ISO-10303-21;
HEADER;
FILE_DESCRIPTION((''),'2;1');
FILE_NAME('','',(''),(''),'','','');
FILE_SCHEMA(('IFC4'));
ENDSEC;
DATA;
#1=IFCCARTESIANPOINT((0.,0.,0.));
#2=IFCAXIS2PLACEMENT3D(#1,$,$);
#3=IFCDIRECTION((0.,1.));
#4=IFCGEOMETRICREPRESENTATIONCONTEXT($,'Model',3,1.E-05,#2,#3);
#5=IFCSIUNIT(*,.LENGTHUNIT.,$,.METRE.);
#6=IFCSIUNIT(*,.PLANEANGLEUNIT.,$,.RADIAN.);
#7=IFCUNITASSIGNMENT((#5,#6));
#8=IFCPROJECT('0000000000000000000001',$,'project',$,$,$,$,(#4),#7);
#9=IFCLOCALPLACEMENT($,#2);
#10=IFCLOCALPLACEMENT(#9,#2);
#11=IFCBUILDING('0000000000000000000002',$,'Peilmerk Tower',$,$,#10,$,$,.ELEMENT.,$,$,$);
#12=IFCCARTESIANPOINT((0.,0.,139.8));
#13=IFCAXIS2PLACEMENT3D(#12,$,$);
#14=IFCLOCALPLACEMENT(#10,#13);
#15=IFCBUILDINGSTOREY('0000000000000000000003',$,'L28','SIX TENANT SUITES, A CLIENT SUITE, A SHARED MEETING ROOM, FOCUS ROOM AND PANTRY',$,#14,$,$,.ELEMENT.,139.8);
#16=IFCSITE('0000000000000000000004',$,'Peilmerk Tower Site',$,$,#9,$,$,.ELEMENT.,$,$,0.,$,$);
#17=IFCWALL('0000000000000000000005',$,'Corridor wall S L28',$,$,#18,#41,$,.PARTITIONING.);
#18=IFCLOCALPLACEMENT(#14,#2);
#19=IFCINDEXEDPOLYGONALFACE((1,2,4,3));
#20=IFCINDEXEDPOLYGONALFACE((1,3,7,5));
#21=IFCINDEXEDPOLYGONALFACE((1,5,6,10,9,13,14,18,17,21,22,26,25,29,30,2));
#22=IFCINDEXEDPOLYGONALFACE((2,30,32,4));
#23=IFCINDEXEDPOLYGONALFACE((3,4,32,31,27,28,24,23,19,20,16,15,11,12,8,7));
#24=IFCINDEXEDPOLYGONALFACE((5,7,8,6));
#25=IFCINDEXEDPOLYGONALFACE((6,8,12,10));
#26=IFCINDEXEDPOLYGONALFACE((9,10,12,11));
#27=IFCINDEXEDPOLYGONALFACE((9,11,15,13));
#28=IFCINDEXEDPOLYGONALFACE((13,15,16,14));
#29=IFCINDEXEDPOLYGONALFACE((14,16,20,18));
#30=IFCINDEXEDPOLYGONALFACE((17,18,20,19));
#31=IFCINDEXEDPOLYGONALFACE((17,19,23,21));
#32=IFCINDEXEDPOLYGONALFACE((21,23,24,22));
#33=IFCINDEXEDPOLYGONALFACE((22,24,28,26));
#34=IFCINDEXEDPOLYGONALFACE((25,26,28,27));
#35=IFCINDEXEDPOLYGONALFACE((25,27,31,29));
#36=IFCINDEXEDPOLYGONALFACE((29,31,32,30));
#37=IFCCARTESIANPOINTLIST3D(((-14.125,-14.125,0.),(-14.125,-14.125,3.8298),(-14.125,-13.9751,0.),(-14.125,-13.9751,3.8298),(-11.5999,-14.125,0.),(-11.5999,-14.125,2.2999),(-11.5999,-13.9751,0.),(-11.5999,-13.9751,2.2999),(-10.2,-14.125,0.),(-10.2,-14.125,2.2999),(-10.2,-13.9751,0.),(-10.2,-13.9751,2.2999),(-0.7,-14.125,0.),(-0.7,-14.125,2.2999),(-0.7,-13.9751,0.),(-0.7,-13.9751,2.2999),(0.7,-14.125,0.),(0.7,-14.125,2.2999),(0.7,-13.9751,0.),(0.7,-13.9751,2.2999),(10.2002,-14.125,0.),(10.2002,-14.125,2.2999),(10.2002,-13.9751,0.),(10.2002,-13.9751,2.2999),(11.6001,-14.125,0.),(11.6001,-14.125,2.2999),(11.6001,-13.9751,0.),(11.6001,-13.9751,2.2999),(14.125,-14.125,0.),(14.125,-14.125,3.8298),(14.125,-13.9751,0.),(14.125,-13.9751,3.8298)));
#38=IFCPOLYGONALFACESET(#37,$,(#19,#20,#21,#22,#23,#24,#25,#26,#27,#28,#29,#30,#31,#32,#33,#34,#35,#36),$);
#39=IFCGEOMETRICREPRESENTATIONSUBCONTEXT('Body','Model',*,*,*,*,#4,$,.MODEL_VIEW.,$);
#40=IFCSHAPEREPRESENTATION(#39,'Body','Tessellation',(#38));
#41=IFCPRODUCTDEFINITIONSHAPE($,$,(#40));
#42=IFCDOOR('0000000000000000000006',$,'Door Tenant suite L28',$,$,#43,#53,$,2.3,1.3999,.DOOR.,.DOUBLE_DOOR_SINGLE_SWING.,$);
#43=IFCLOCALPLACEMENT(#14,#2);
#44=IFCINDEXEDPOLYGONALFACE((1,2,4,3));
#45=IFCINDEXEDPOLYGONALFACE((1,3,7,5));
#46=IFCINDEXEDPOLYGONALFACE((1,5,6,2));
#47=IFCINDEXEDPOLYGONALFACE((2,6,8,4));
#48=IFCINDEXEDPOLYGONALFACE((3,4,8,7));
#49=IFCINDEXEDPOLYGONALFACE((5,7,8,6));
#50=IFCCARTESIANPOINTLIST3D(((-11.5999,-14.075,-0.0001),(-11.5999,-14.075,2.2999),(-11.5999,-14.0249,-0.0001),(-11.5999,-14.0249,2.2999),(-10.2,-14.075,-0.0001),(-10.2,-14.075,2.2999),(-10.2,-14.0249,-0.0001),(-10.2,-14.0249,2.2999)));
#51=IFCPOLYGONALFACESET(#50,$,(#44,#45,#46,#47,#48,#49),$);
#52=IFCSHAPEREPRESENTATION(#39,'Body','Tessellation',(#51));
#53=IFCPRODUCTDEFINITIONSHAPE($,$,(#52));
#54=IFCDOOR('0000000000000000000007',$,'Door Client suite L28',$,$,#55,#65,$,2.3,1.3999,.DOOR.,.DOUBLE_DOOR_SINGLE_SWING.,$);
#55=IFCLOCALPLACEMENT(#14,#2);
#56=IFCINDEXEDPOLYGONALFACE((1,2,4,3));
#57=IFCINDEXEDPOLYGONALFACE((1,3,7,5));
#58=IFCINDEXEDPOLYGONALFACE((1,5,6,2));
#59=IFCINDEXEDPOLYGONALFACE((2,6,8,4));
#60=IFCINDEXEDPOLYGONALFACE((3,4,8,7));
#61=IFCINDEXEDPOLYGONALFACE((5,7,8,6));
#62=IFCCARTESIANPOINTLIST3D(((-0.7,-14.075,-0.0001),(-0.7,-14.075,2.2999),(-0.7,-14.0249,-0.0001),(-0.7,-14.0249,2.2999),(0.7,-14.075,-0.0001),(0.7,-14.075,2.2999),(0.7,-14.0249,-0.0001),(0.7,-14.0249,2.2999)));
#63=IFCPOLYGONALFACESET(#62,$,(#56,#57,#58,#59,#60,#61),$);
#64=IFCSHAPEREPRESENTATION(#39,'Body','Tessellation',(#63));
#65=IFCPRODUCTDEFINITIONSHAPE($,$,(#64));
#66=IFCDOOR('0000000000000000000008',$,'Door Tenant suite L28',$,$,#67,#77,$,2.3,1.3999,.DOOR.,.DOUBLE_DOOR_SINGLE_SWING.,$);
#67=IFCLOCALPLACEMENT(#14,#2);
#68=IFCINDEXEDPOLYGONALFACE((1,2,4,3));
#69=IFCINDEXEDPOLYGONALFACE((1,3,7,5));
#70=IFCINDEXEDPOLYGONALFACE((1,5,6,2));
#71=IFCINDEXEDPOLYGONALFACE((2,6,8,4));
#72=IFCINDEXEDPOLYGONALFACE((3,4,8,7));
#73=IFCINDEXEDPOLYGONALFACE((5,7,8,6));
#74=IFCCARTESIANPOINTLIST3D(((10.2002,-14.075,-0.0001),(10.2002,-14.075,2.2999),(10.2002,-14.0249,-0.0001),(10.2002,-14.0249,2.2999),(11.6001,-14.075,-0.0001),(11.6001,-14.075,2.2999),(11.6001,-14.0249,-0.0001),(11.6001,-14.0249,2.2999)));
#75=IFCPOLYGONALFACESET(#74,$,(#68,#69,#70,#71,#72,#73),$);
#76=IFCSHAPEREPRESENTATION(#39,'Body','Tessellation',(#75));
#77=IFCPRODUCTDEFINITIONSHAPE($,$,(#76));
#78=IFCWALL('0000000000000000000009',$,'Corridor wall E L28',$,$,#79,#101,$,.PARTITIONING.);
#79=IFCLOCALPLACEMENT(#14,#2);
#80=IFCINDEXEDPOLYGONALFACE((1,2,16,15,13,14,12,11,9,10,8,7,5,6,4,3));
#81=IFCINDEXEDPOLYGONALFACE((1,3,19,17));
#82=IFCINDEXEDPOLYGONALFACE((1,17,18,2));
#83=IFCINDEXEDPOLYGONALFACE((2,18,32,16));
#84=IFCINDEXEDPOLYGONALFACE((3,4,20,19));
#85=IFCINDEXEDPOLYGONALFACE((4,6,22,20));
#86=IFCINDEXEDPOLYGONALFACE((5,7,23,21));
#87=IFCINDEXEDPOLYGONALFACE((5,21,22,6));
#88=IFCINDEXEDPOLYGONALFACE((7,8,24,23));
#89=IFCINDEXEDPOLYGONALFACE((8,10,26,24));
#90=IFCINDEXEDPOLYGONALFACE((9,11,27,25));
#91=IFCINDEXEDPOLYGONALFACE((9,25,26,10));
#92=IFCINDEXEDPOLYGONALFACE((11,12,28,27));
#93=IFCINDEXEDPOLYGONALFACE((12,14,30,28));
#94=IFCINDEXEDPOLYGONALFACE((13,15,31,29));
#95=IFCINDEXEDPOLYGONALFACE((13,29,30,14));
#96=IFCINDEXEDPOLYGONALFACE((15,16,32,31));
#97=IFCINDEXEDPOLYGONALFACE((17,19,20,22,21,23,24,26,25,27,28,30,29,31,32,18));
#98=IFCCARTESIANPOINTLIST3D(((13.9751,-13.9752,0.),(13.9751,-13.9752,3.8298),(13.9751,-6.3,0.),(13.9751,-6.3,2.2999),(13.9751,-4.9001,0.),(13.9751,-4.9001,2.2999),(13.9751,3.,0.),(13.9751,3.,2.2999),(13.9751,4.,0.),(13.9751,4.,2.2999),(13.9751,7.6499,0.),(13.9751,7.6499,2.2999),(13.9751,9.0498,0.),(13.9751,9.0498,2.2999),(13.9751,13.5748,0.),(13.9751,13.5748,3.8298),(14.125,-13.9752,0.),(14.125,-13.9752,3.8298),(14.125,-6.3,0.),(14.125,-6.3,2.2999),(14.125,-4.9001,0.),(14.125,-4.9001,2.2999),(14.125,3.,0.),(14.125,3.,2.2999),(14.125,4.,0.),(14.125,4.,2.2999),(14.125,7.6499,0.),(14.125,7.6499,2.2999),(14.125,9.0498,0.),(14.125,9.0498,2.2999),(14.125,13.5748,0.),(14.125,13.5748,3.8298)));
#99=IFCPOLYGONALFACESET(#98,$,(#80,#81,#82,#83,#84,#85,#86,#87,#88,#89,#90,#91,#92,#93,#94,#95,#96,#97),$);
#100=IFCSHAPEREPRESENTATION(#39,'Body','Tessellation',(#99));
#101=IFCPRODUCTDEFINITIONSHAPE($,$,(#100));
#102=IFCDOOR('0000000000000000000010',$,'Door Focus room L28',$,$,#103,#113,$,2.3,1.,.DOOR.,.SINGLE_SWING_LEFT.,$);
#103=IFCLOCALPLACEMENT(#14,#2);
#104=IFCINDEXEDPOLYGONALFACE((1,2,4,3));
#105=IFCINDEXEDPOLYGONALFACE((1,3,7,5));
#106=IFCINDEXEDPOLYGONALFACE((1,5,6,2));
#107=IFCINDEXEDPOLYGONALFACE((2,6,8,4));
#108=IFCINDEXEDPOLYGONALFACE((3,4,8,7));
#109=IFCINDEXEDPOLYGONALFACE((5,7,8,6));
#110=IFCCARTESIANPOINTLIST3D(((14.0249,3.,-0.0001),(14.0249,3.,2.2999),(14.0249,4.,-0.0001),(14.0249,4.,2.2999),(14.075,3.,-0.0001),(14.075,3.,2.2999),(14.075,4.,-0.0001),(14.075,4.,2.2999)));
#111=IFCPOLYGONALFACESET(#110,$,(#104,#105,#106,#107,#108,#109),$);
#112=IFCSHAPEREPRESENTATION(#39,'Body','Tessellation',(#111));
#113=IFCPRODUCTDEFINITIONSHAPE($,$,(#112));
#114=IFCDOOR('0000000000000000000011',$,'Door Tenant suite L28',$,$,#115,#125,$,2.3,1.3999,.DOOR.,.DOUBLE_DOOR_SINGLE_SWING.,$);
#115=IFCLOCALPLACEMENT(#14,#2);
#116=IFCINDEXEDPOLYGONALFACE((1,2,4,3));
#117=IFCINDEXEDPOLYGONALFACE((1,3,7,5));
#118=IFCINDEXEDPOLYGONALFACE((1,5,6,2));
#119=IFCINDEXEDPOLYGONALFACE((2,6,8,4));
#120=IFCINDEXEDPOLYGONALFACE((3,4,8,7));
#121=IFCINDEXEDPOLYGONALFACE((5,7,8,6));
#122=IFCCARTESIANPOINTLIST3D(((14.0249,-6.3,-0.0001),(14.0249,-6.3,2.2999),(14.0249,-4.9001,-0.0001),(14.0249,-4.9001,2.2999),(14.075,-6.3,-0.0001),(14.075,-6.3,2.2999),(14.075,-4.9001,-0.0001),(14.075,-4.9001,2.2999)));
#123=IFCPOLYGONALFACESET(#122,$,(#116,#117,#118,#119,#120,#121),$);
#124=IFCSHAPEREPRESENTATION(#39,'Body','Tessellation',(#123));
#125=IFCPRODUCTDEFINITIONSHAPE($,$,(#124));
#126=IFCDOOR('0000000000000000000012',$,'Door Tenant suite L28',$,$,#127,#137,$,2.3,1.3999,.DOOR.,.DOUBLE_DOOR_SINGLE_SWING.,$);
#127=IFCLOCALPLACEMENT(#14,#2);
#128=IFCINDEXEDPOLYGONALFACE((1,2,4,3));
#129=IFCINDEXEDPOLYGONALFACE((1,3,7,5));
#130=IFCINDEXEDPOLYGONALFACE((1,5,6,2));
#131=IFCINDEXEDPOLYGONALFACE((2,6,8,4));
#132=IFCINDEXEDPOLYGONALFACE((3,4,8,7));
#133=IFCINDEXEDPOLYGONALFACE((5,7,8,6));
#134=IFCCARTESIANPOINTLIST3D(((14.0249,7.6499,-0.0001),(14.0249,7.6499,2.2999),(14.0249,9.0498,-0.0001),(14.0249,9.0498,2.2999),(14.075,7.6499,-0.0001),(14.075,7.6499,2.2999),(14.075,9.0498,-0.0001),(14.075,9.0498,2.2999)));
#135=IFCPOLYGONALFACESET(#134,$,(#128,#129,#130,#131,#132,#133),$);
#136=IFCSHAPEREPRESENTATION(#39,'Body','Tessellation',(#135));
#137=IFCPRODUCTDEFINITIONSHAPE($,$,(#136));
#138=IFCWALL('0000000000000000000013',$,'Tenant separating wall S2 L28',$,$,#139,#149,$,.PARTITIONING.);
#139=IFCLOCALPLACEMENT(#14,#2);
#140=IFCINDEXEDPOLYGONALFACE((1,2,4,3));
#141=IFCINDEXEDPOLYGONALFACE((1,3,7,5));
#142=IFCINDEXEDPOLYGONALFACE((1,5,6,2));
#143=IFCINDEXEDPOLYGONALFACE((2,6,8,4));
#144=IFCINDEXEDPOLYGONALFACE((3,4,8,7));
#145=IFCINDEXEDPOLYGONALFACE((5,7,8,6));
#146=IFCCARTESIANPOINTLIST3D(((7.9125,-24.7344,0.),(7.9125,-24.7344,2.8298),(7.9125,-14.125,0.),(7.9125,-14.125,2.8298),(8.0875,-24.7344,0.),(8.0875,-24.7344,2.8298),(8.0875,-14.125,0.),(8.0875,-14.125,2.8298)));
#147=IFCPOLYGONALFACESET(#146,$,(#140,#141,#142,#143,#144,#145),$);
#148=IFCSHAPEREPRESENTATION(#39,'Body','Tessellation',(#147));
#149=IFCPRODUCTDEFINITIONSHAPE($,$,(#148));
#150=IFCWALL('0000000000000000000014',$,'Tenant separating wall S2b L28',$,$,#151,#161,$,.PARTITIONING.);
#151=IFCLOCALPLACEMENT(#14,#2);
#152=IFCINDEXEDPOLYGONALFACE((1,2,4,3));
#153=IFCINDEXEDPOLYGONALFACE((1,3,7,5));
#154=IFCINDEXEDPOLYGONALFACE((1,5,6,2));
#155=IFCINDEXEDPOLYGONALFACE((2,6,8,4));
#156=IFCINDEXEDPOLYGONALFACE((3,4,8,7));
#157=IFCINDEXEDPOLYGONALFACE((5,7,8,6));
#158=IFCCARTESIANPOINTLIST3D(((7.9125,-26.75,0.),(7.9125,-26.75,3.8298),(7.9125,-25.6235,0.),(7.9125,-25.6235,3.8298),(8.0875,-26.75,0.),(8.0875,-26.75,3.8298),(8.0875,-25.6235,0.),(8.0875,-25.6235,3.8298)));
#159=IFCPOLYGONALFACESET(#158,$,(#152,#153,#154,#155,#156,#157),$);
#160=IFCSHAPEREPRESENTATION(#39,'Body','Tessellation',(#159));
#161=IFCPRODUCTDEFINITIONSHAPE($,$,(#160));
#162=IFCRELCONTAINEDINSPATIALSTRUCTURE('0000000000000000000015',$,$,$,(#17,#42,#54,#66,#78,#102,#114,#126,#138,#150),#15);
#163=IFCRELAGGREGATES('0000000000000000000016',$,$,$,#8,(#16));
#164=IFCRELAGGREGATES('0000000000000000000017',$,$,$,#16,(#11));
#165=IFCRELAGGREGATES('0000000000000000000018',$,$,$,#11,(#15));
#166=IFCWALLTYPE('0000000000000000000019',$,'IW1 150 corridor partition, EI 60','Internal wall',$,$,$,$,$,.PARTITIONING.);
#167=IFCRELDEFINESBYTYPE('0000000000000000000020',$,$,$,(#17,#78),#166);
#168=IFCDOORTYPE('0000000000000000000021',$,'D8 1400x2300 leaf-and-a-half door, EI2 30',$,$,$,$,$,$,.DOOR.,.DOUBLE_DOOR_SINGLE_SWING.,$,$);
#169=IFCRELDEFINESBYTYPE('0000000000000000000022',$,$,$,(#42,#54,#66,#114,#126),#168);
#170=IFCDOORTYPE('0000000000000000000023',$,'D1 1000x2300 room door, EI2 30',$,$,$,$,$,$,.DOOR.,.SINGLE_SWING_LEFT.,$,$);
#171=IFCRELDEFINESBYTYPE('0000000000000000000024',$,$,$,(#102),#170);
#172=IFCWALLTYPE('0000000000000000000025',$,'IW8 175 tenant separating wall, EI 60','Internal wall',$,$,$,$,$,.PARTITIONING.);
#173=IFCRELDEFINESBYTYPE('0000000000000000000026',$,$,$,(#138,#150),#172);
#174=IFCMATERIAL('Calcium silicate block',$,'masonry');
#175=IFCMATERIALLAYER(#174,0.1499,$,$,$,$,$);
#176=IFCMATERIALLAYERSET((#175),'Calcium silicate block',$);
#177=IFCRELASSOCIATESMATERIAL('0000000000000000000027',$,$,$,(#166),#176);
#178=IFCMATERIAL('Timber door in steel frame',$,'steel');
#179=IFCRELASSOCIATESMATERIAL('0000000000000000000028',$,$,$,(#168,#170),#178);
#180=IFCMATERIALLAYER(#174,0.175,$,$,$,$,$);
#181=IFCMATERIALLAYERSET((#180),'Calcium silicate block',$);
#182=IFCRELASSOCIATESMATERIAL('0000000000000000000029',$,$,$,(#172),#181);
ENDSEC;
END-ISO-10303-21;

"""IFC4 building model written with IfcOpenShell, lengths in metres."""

from ifc_helpers import new_model, si_unit, direction, frame, frame_2d, origin, place, context, subcontext, project, spatial, rectangle, extrude, material, layer, layer_set, type_object, element, fill, save


model = new_model("IFC4")

# Units and contexts
model_context = context("Model", 3, precision=1e-05, world=origin(), true_north=direction((0.0, 1.0)))
body_context = subcontext(model_context, "Body", "Model", "MODEL_VIEW")
ifc_project = project(units=[si_unit("LENGTHUNIT", "METRE"), si_unit("PLANEANGLEUNIT", "RADIAN")], contexts=[model_context])

# Site, building, storey
site_placement = place(None, origin())
site = spatial("IfcSite", under=ifc_project, at=site_placement, Name="Peilmerk Tower Site", CompositionType="ELEMENT", RefElevation=0.0)
building_placement = place(site_placement, origin())
building = spatial("IfcBuilding", under=site, at=building_placement, Name="Peilmerk Tower", CompositionType="ELEMENT")
storey_placement = place(building_placement, frame((0.0, 0.0, 139.8)))
storey = spatial("IfcBuildingStorey", under=building, at=storey_placement, Name="L28", Description="SIX TENANT SUITES, A CLIENT SUITE, A SHARED MEETING ROOM, FOCUS ROOM AND PANTRY", CompositionType="ELEMENT", Elevation=139.8)

# Walls, openings, doors
ifc_material_1 = material(Name="Calcium silicate block", Category="masonry")
ifc_layer_1 = layer(ifc_material_1, 0.1499)
ifc_layer_set_1 = layer_set([ifc_layer_1], Name="Calcium silicate block")
wall_type_1 = type_object("IfcWallType", Name="IW1 150 corridor partition, EI 60", Description="Internal wall", PredefinedType="PARTITIONING", material=ifc_layer_set_1)
wall_1_placement = place(storey_placement, frame((14.125, -14.05, 0.0), z_axis=(0.0, 0.0, 1.0), x_axis=(-1.0, 0.0, 0.0)))
wall_1 = element("IfcWall", 1, at=wall_1_placement, inside=storey, type_object=wall_type_1, Name="Corridor wall S L28", PredefinedType="PARTITIONING", context=body_context, shape_type="SweptSolid", body=[
    extrude(rectangle(XDim=28.25, YDim=0.1499, at=frame_2d((14.125, 0.0))), origin(), (0.0, 0.0, 1.0), 3.8298),
])
opening_1_placement = place(wall_1_placement, frame((24.325, 0.0, 0.0)))
opening_1 = element("IfcOpeningElement", 2, at=opening_1_placement, cuts=wall_1, PredefinedType="OPENING", context=body_context, shape_type="SweptSolid", body=[
    extrude(rectangle(XDim=1.3999, YDim=2.3, at=frame_2d((0.7, 1.1499))), frame((0.0, 0.085, 0.0), z_axis=(0.0, -1.0, 0.0), x_axis=(1.0, 0.0, 0.0)), (0.0, 0.0, 1.0), 0.1699),
])
opening_2_placement = place(wall_1_placement, frame((13.425, 0.0, 0.0)))
opening_2 = element("IfcOpeningElement", 3, at=opening_2_placement, cuts=wall_1, PredefinedType="OPENING", context=body_context, shape_type="SweptSolid", body=[
    extrude(rectangle(XDim=1.3999, YDim=2.3, at=frame_2d((0.7, 1.1499))), frame((0.0, 0.085, 0.0), z_axis=(0.0, -1.0, 0.0), x_axis=(1.0, 0.0, 0.0)), (0.0, 0.0, 1.0), 0.1699),
])
opening_3_placement = place(wall_1_placement, frame((2.5249, 0.0, 0.0)))
opening_3 = element("IfcOpeningElement", 4, at=opening_3_placement, cuts=wall_1, PredefinedType="OPENING", context=body_context, shape_type="SweptSolid", body=[
    extrude(rectangle(XDim=1.3999, YDim=2.3, at=frame_2d((0.7, 1.1499))), frame((0.0, 0.085, 0.0), z_axis=(0.0, -1.0, 0.0), x_axis=(1.0, 0.0, 0.0)), (0.0, 0.0, 1.0), 0.1699),
])
ifc_material_2 = material(Name="Timber door in steel frame", Category="steel")
door_type_1 = type_object("IfcDoorType", Name="D8 1400x2300 leaf-and-a-half door, EI2 30", OperationType="DOUBLE_DOOR_SINGLE_SWING", PredefinedType="DOOR", material=ifc_material_2)
door_1_placement = place(opening_1_placement, origin())
door_1 = element("IfcDoor", 5, at=door_1_placement, inside=storey, type_object=door_type_1, Name="Door Tenant suite L28", OperationType="DOUBLE_DOOR_SINGLE_SWING", OverallHeight=2.3, OverallWidth=1.3999, PredefinedType="DOOR", context=body_context, shape_type="SweptSolid", body=[
    extrude(rectangle(XDim=1.3999, YDim=2.3, at=frame_2d((0.7, 1.1499))), frame((0.0, 0.0249, 0.0), z_axis=(0.0, -1.0, 0.0), x_axis=(1.0, 0.0, 0.0)), (0.0, 0.0, 1.0), 0.05),
])
fill(opening_1, door_1)
door_2_placement = place(opening_2_placement, origin())
door_2 = element("IfcDoor", 6, at=door_2_placement, inside=storey, type_object=door_type_1, Name="Door Client suite L28", OperationType="DOUBLE_DOOR_SINGLE_SWING", OverallHeight=2.3, OverallWidth=1.3999, PredefinedType="DOOR", context=body_context, shape_type="SweptSolid", body=[
    extrude(rectangle(XDim=1.3999, YDim=2.3, at=frame_2d((0.7, 1.1499))), frame((0.0, 0.0249, 0.0), z_axis=(0.0, -1.0, 0.0), x_axis=(1.0, 0.0, 0.0)), (0.0, 0.0, 1.0), 0.05),
])
fill(opening_2, door_2)
door_3_placement = place(opening_3_placement, origin())
door_3 = element("IfcDoor", 7, at=door_3_placement, inside=storey, type_object=door_type_1, Name="Door Tenant suite L28", OperationType="DOUBLE_DOOR_SINGLE_SWING", OverallHeight=2.3, OverallWidth=1.3999, PredefinedType="DOOR", context=body_context, shape_type="SweptSolid", body=[
    extrude(rectangle(XDim=1.3999, YDim=2.3, at=frame_2d((0.7, 1.1499))), frame((0.0, 0.0249, 0.0), z_axis=(0.0, -1.0, 0.0), x_axis=(1.0, 0.0, 0.0)), (0.0, 0.0, 1.0), 0.05),
])
fill(opening_3, door_3)
wall_2_placement = place(storey_placement, frame((14.05, -13.9751, 0.0), z_axis=(0.0, 0.0, 1.0), x_axis=(0.0, 1.0, 0.0)))
wall_2 = element("IfcWall", 8, at=wall_2_placement, inside=storey, type_object=wall_type_1, Name="Corridor wall E L28", PredefinedType="PARTITIONING", context=body_context, shape_type="SweptSolid", body=[
    extrude(rectangle(XDim=27.55, YDim=0.1499, at=frame_2d((13.7749, 0.0))), origin(), (0.0, 0.0, 1.0), 3.8298),
])
opening_4_placement = place(wall_2_placement, frame((7.675, 0.0, 0.0)))
opening_4 = element("IfcOpeningElement", 9, at=opening_4_placement, cuts=wall_2, PredefinedType="OPENING", context=body_context, shape_type="SweptSolid", body=[
    extrude(rectangle(XDim=1.3999, YDim=2.3, at=frame_2d((0.7, 1.1499))), frame((0.0, 0.085, 0.0), z_axis=(0.0, -1.0, 0.0), x_axis=(1.0, 0.0, 0.0)), (0.0, 0.0, 1.0), 0.1699),
])
opening_5_placement = place(wall_2_placement, frame((21.625, 0.0, 0.0)))
opening_5 = element("IfcOpeningElement", 10, at=opening_5_placement, cuts=wall_2, PredefinedType="OPENING", context=body_context, shape_type="SweptSolid", body=[
    extrude(rectangle(XDim=1.3999, YDim=2.3, at=frame_2d((0.7, 1.1499))), frame((0.0, 0.085, 0.0), z_axis=(0.0, -1.0, 0.0), x_axis=(1.0, 0.0, 0.0)), (0.0, 0.0, 1.0), 0.1699),
])
opening_6_placement = place(wall_2_placement, frame((16.9751, 0.0, 0.0)))
opening_6 = element("IfcOpeningElement", 11, at=opening_6_placement, cuts=wall_2, PredefinedType="OPENING", context=body_context, shape_type="SweptSolid", body=[
    extrude(rectangle(XDim=1.0, YDim=2.3, at=frame_2d((0.5, 1.1499))), frame((0.0, 0.085, 0.0), z_axis=(0.0, -1.0, 0.0), x_axis=(1.0, 0.0, 0.0)), (0.0, 0.0, 1.0), 0.1699),
])
door_type_2 = type_object("IfcDoorType", Name="D1 1000x2300 room door, EI2 30", OperationType="SINGLE_SWING_LEFT", PredefinedType="DOOR", material=ifc_material_2)
door_4_placement = place(opening_6_placement, frame((1.0, 0.0, 0.0), z_axis=(0.0, 0.0, 1.0), x_axis=(-1.0, 0.0, 0.0)))
door_4 = element("IfcDoor", 12, at=door_4_placement, inside=storey, type_object=door_type_2, Name="Door Focus room L28", OperationType="SINGLE_SWING_LEFT", OverallHeight=2.3, OverallWidth=1.0, PredefinedType="DOOR", context=body_context, shape_type="SweptSolid", body=[
    extrude(rectangle(XDim=1.0, YDim=2.3, at=frame_2d((0.5, 1.1499))), frame((0.0, 0.0249, 0.0), z_axis=(0.0, -1.0, 0.0), x_axis=(1.0, 0.0, 0.0)), (0.0, 0.0, 1.0), 0.05),
])
fill(opening_6, door_4)
door_5_placement = place(opening_4_placement, frame((1.3999, 0.0, 0.0), z_axis=(0.0, 0.0, 1.0), x_axis=(-1.0, 0.0, 0.0)))
door_5 = element("IfcDoor", 13, at=door_5_placement, inside=storey, type_object=door_type_1, Name="Door Tenant suite L28", OperationType="DOUBLE_DOOR_SINGLE_SWING", OverallHeight=2.3, OverallWidth=1.3999, PredefinedType="DOOR", context=body_context, shape_type="SweptSolid", body=[
    extrude(rectangle(XDim=1.3999, YDim=2.3, at=frame_2d((0.7, 1.1499))), frame((0.0, 0.0249, 0.0), z_axis=(0.0, -1.0, 0.0), x_axis=(1.0, 0.0, 0.0)), (0.0, 0.0, 1.0), 0.05),
])
fill(opening_4, door_5)
door_6_placement = place(opening_5_placement, frame((1.3999, 0.0, 0.0), z_axis=(0.0, 0.0, 1.0), x_axis=(-1.0, 0.0, 0.0)))
door_6 = element("IfcDoor", 14, at=door_6_placement, inside=storey, type_object=door_type_1, Name="Door Tenant suite L28", OperationType="DOUBLE_DOOR_SINGLE_SWING", OverallHeight=2.3, OverallWidth=1.3999, PredefinedType="DOOR", context=body_context, shape_type="SweptSolid", body=[
    extrude(rectangle(XDim=1.3999, YDim=2.3, at=frame_2d((0.7, 1.1499))), frame((0.0, 0.0249, 0.0), z_axis=(0.0, -1.0, 0.0), x_axis=(1.0, 0.0, 0.0)), (0.0, 0.0, 1.0), 0.05),
])
fill(opening_5, door_6)

# Walls
ifc_layer_2 = layer(ifc_material_1, 0.175)
ifc_layer_set_2 = layer_set([ifc_layer_2], Name="Calcium silicate block")
wall_type_2 = type_object("IfcWallType", Name="IW8 175 tenant separating wall, EI 60", Description="Internal wall", PredefinedType="PARTITIONING", material=ifc_layer_set_2)
wall_3_placement = place(storey_placement, frame((8.0, -14.125, 0.0), z_axis=(0.0, 0.0, 1.0), x_axis=(0.0, -1.0, 0.0)))
element("IfcWall", 15, at=wall_3_placement, inside=storey, type_object=wall_type_2, Name="Tenant separating wall S2 L28", PredefinedType="PARTITIONING", context=body_context, shape_type="SweptSolid", body=[
    extrude(rectangle(XDim=10.6094, YDim=0.175, at=frame_2d((5.3047, 0.0))), origin(), (0.0, 0.0, 1.0), 2.8298),
])
wall_4_placement = place(storey_placement, frame((8.0, -25.6235, 0.0), z_axis=(0.0, 0.0, 1.0), x_axis=(0.0, -1.0, 0.0)))
element("IfcWall", 16, at=wall_4_placement, inside=storey, type_object=wall_type_2, Name="Tenant separating wall S2b L28", PredefinedType="PARTITIONING", context=body_context, shape_type="SweptSolid", body=[
    extrude(rectangle(XDim=1.1265, YDim=0.175, at=frame_2d((0.5632, 0.0))), origin(), (0.0, 0.0, 1.0), 3.8298),
])

save(model, "model.ifc")
